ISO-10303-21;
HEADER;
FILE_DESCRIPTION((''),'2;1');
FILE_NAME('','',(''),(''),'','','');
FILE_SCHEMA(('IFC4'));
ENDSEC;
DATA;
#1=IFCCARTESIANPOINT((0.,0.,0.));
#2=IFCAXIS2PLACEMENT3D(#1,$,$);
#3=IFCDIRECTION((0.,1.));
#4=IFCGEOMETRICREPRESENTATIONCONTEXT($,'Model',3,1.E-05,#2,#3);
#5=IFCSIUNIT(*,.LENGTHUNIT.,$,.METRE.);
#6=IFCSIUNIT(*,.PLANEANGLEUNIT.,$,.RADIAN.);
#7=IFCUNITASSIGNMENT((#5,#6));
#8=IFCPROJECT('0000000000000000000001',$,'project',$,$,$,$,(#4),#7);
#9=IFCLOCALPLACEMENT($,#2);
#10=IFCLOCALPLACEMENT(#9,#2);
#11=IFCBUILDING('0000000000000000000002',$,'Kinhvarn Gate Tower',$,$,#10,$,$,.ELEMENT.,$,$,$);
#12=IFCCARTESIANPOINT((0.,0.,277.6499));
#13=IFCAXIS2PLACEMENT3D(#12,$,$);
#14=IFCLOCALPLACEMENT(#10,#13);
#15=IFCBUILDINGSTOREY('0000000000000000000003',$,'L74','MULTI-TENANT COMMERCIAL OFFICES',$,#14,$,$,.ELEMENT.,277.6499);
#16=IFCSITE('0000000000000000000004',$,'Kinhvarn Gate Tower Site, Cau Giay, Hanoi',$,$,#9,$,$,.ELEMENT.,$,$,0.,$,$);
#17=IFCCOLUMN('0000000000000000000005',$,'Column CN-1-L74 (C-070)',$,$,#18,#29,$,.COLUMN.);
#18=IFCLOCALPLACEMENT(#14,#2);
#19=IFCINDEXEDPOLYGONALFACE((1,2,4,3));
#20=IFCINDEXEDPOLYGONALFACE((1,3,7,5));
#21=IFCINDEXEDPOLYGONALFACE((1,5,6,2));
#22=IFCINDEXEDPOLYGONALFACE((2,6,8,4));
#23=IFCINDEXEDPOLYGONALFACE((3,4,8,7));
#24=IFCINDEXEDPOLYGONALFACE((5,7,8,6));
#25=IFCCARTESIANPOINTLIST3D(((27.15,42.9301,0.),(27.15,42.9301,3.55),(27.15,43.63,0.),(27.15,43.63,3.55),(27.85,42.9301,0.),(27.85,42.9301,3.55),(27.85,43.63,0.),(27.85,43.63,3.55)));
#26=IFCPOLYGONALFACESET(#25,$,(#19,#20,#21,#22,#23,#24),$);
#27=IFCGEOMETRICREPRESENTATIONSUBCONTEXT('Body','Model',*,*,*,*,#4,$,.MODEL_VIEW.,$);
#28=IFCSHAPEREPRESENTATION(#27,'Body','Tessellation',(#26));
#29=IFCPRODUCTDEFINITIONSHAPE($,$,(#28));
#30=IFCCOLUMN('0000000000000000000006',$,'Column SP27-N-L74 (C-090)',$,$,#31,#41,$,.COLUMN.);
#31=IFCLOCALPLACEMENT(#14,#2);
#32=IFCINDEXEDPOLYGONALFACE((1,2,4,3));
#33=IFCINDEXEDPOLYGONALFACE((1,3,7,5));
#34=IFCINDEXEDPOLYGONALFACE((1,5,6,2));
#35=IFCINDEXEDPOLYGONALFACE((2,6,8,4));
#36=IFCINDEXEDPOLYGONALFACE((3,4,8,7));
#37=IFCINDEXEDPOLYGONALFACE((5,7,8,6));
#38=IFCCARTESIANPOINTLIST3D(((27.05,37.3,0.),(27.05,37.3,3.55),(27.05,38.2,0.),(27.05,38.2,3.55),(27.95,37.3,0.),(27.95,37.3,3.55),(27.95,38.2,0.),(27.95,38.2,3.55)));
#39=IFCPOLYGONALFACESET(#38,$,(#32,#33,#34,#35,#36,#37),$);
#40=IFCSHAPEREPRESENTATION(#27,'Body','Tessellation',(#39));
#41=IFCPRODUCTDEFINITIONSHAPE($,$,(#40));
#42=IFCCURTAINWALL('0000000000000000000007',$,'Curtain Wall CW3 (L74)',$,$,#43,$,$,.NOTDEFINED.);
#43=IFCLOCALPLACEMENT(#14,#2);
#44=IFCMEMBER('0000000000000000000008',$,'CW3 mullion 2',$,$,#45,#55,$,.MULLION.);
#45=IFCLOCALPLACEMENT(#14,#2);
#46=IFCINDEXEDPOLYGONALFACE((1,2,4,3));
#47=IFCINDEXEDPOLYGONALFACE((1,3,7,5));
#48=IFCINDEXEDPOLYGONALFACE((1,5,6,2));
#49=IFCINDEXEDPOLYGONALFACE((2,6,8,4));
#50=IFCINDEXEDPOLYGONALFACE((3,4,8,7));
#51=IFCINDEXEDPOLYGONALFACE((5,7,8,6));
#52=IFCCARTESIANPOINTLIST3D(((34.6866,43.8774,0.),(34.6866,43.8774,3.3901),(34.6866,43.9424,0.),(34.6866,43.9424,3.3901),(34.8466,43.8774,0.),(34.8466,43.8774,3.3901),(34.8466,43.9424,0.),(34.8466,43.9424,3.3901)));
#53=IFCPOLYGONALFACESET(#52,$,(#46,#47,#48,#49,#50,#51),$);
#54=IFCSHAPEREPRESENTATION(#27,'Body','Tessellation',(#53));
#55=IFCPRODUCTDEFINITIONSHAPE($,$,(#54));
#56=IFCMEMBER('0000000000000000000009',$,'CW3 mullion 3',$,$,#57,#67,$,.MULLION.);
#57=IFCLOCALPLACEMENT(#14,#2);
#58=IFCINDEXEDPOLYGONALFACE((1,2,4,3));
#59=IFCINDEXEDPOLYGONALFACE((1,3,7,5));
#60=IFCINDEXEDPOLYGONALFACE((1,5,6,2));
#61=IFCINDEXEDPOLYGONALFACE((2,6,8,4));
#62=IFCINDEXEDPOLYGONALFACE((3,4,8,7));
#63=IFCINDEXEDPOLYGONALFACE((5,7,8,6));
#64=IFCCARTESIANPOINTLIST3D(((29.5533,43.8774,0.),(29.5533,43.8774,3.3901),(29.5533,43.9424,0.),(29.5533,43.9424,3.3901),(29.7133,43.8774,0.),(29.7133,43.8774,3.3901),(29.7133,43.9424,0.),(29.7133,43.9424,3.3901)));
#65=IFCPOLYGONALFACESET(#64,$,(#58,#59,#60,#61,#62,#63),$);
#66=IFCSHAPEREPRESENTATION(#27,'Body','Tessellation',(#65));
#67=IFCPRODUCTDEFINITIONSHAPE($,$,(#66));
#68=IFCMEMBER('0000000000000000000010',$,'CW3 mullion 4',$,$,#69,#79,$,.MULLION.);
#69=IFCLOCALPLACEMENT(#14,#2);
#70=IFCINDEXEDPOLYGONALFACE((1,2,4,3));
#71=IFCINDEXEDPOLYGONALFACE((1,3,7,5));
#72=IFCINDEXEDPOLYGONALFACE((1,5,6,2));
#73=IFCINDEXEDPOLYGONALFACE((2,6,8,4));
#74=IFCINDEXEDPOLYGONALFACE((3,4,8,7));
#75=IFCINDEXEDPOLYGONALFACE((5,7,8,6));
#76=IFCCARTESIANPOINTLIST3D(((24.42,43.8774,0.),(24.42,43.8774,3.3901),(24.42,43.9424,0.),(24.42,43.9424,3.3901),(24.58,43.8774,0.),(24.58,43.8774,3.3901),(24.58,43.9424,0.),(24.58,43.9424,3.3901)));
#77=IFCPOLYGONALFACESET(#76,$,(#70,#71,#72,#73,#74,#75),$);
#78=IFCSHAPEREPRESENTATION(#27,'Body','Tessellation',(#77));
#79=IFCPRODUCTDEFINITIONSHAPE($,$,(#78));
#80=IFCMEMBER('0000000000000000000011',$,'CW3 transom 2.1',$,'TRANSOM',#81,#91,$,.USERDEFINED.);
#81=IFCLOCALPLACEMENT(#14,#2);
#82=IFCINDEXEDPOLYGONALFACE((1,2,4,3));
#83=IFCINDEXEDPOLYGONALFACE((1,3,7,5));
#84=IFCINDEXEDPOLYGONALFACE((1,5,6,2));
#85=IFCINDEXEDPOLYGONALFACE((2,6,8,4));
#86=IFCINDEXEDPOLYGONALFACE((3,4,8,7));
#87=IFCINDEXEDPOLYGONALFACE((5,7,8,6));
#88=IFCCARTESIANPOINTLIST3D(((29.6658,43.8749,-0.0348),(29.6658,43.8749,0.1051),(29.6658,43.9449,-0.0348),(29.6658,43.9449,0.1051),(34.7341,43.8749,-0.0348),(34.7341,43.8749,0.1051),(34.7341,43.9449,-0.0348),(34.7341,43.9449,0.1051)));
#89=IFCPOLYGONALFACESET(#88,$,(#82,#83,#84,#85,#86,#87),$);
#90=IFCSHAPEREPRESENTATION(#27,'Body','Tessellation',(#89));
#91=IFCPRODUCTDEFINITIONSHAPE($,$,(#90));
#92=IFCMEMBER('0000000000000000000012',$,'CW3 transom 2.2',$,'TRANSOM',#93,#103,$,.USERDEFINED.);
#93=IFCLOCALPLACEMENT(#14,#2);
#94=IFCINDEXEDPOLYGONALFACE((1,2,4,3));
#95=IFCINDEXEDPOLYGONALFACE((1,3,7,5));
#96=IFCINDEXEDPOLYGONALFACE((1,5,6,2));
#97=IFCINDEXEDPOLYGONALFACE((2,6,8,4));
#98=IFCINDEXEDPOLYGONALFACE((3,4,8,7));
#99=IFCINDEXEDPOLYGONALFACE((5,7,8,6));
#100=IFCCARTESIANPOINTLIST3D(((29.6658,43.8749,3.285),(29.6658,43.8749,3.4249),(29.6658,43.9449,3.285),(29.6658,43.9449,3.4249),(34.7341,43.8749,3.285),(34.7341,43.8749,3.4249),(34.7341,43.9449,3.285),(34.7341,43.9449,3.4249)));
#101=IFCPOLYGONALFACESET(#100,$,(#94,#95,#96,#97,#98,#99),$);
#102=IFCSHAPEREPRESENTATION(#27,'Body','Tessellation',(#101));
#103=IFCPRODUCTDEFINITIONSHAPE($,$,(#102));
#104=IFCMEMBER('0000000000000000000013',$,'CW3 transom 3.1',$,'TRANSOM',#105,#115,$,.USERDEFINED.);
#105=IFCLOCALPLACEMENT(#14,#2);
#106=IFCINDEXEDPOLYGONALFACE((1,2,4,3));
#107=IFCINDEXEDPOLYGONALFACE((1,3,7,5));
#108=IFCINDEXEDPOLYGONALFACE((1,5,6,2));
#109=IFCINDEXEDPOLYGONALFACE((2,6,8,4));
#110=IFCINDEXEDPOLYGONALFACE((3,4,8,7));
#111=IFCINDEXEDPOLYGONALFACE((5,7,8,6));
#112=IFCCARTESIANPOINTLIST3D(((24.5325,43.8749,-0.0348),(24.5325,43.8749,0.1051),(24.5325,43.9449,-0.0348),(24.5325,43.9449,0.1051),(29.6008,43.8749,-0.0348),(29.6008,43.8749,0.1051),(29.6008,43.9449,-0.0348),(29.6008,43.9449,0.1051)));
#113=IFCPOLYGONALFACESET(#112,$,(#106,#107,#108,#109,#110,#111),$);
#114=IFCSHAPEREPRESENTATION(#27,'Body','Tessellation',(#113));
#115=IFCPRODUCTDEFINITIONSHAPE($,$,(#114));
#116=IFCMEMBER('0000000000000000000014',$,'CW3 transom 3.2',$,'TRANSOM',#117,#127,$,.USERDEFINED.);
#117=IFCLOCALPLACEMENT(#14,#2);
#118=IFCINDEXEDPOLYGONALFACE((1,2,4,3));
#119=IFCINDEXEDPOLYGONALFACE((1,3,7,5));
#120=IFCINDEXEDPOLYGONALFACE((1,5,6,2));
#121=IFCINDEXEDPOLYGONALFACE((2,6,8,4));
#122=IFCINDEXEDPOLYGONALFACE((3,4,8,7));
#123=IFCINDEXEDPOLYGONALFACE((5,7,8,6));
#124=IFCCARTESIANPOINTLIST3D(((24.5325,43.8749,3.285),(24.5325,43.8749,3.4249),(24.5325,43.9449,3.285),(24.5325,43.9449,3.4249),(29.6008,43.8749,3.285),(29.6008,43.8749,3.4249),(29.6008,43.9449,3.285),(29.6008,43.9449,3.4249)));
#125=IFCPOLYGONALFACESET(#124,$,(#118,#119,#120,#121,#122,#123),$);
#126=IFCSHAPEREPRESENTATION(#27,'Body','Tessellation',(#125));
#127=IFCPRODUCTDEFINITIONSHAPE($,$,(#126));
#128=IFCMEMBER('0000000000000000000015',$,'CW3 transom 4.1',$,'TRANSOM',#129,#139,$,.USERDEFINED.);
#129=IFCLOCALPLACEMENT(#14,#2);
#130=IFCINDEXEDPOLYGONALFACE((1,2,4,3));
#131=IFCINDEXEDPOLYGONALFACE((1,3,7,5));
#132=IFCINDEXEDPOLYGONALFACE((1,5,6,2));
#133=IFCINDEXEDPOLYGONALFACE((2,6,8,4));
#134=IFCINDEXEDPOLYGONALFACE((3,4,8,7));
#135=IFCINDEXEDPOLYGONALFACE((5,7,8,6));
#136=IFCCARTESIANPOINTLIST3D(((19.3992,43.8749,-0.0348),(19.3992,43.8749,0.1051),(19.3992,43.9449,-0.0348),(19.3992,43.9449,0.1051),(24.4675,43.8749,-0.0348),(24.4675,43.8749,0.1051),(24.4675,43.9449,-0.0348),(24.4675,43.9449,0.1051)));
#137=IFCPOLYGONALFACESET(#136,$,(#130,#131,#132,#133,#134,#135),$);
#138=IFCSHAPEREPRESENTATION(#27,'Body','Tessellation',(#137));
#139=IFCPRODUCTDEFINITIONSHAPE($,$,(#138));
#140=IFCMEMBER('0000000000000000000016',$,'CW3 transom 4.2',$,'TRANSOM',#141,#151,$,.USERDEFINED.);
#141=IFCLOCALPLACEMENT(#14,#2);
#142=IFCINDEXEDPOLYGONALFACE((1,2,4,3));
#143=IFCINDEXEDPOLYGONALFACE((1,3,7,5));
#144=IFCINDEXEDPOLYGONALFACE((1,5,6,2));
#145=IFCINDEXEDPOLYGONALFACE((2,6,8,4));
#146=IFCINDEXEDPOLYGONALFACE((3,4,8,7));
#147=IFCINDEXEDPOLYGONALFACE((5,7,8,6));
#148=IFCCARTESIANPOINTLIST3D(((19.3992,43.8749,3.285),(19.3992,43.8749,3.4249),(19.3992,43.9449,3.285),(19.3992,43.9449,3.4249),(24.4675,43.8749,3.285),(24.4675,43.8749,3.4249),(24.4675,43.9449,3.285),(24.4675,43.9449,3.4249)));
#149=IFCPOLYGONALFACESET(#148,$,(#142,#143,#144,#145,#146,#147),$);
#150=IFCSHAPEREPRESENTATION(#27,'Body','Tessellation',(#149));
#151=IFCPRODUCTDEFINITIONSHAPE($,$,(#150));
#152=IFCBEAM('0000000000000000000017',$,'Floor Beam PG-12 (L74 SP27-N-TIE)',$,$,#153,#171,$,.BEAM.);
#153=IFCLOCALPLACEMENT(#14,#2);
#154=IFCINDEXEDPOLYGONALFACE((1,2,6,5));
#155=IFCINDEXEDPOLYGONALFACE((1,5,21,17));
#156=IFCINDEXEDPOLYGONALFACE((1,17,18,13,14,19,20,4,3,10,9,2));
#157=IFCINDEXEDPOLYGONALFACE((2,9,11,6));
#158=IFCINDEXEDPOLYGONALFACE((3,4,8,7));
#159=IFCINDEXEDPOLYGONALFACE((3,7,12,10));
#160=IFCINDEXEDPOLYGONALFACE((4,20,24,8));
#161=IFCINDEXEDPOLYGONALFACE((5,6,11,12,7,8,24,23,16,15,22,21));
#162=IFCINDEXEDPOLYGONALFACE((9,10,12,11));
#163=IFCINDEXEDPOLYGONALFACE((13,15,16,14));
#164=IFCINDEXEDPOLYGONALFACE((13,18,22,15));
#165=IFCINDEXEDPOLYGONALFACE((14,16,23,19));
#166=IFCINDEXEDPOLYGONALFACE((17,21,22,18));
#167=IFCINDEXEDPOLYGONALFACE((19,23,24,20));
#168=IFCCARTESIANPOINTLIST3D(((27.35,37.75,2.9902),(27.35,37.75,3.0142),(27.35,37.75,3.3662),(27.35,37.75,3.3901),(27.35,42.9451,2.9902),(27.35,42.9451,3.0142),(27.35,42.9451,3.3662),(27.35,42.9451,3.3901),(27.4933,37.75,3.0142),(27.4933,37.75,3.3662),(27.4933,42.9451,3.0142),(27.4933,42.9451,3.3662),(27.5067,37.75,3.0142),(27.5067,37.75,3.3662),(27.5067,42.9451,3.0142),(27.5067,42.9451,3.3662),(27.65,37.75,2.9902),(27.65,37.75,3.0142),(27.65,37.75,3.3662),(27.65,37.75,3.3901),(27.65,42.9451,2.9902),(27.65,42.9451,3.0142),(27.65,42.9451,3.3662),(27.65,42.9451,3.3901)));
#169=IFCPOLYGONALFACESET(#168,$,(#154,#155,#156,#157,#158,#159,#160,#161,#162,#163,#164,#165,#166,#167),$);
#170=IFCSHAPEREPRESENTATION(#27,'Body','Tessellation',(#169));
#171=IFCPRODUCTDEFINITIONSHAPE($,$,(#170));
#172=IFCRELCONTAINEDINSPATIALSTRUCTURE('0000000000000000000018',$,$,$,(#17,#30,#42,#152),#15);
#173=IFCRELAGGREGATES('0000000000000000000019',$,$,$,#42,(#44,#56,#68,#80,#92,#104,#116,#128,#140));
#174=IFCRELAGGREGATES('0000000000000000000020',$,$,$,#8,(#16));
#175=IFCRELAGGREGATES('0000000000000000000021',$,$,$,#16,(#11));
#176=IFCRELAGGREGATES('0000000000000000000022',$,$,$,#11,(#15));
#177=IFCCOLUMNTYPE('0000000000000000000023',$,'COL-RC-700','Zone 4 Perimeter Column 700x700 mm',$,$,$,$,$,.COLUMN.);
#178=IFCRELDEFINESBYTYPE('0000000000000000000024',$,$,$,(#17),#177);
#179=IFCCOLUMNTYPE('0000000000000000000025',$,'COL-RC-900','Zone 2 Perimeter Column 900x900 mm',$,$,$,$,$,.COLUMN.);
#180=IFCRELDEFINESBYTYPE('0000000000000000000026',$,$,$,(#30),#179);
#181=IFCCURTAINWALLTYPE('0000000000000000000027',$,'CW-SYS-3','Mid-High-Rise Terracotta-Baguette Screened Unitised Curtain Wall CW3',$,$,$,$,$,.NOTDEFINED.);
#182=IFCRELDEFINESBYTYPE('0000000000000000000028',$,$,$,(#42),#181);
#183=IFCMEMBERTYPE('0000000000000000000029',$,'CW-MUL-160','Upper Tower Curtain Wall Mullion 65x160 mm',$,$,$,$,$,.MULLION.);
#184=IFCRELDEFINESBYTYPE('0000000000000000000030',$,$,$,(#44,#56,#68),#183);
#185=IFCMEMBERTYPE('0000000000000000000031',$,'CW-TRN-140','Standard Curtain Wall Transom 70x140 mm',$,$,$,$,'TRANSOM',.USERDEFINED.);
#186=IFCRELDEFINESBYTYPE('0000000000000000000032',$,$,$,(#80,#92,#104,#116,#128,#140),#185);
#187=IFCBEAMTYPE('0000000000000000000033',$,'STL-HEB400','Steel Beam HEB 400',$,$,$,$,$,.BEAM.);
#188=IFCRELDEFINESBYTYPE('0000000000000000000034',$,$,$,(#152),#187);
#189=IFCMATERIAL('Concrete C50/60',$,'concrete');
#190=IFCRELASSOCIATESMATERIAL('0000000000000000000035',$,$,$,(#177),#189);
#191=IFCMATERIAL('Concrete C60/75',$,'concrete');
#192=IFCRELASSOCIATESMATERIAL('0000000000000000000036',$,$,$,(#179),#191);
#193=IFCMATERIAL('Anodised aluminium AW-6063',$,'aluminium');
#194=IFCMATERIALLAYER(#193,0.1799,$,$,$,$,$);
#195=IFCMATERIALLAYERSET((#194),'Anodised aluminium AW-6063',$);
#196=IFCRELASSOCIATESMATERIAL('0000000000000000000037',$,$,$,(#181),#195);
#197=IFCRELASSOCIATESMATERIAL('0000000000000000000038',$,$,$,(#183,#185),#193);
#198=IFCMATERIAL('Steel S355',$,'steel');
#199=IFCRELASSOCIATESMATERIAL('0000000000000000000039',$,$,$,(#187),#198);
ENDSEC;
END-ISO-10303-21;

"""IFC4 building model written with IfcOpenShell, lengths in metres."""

from ifc_helpers import new_model, si_unit, direction, frame, origin, origin_2d, place, context, subcontext, project, spatial, rectangle, i_section, extrude, material, layer, layer_set, material_profile, profile_set, type_object, element, aggregate, save


model = new_model("IFC4")

# Units and contexts
model_context = context("Model", 3, precision=1e-05, world=origin(), true_north=direction((0.0, 1.0)))
body_context = subcontext(model_context, "Body", "Model", "MODEL_VIEW")
ifc_project = project(units=[si_unit("LENGTHUNIT", "METRE"), si_unit("PLANEANGLEUNIT", "RADIAN")], contexts=[model_context])

# Site, building, storey
site_placement = place(None, origin())
site = spatial("IfcSite", under=ifc_project, at=site_placement, Name="Kinhvarn Gate Tower Site, Cau Giay, Hanoi", CompositionType="ELEMENT", RefElevation=0.0)
building_placement = place(site_placement, origin())
building = spatial("IfcBuilding", under=site, at=building_placement, Name="Kinhvarn Gate Tower", CompositionType="ELEMENT")
storey_placement = place(building_placement, frame((0.0, 0.0, 277.6499)))
storey = spatial("IfcBuildingStorey", under=building, at=storey_placement, Name="L74", Description="MULTI-TENANT COMMERCIAL OFFICES", CompositionType="ELEMENT", Elevation=277.6499)

# Columns
ifc_material_1 = material(Name="Concrete C50/60", Category="concrete")
ifc_material_profile_1 = material_profile(ifc_material_1, rectangle(XDim=0.7, YDim=0.7, at=origin_2d()), Name="RC 700x700")
ifc_profile_set_1 = profile_set([ifc_material_profile_1], Name="Concrete C50/60")
column_type_1 = type_object("IfcColumnType", Name="COL-RC-700", Description="Zone 4 Perimeter Column 700x700 mm", PredefinedType="COLUMN", material=ifc_profile_set_1)
column_1_placement = place(storey_placement, frame((27.5, 43.28, 0.0), z_axis=(0.0, 0.0, 1.0), x_axis=(1.0, 0.0, 0.0)))
element("IfcColumn", 1, at=column_1_placement, inside=storey, type_object=column_type_1, Name="Column CN-1-L74 (C-070)", PredefinedType="COLUMN", context=body_context, shape_type="SweptSolid", body=[
    extrude(rectangle(XDim=0.7, YDim=0.7, at=origin_2d()), origin(), (0.0, 0.0, 1.0), 3.55),
])
ifc_material_2 = material(Name="Concrete C60/75", Category="concrete")
ifc_material_profile_2 = material_profile(ifc_material_2, rectangle(XDim=0.8999, YDim=0.8999, at=origin_2d()), Name="RC 900x900")
ifc_profile_set_2 = profile_set([ifc_material_profile_2], Name="Concrete C60/75")
column_type_2 = type_object("IfcColumnType", Name="COL-RC-900", Description="Zone 2 Perimeter Column 900x900 mm", PredefinedType="COLUMN", material=ifc_profile_set_2)
column_2_placement = place(storey_placement, frame((27.5, 37.75, 0.0), z_axis=(0.0, 0.0, 1.0), x_axis=(1.0, 0.0, 0.0)))
element("IfcColumn", 2, at=column_2_placement, inside=storey, type_object=column_type_2, Name="Column SP27-N-L74 (C-090)", PredefinedType="COLUMN", context=body_context, shape_type="SweptSolid", body=[
    extrude(rectangle(XDim=0.8999, YDim=0.8999, at=origin_2d()), origin(), (0.0, 0.0, 1.0), 3.55),
])

# Curtain wall, members
ifc_material_3 = material(Name="Anodised aluminium AW-6063", Category="aluminium")
ifc_layer_1 = layer(ifc_material_3, 0.1799)
ifc_layer_set_1 = layer_set([ifc_layer_1], Name="Anodised aluminium AW-6063")
curtain_wall_type = type_object("IfcCurtainWallType", Name="CW-SYS-3", Description="Mid-High-Rise Terracotta-Baguette Screened Unitised Curtain Wall CW3", PredefinedType="NOTDEFINED", material=ifc_layer_set_1)
curtain_wall_placement = place(storey_placement, origin())
curtain_wall = element("IfcCurtainWall", 3, at=curtain_wall_placement, inside=storey, type_object=curtain_wall_type, Name="Curtain Wall CW3 (L74)", PredefinedType="NOTDEFINED")
ifc_material_profile_3 = material_profile(ifc_material_3, rectangle(XDim=0.0649, YDim=0.1599, at=origin_2d()), Name="ALU 65x160")
ifc_profile_set_3 = profile_set([ifc_material_profile_3], Name="Anodised aluminium AW-6063")
member_type_1 = type_object("IfcMemberType", Name="CW-MUL-160", Description="Upper Tower Curtain Wall Mullion 65x160 mm", PredefinedType="MULLION", material=ifc_profile_set_3)
member_1_placement = place(storey_placement, frame((34.7666, 43.9099, 0.0), z_axis=(0.0, 0.0, 1.0), x_axis=(0.0, -1.0, 0.0)))
member_1 = element("IfcMember", 4, at=member_1_placement, type_object=member_type_1, Name="CW3 mullion 2", PredefinedType="MULLION", context=body_context, shape_type="SweptSolid", body=[
    extrude(rectangle(XDim=0.0649, YDim=0.1599, at=origin_2d()), origin(), (0.0, 0.0, 1.0), 3.3901),
])
member_2_placement = place(storey_placement, frame((29.6333, 43.9099, 0.0), z_axis=(0.0, 0.0, 1.0), x_axis=(0.0, -1.0, 0.0)))
member_2 = element("IfcMember", 5, at=member_2_placement, type_object=member_type_1, Name="CW3 mullion 3", PredefinedType="MULLION", context=body_context, shape_type="SweptSolid", body=[
    extrude(rectangle(XDim=0.0649, YDim=0.1599, at=origin_2d()), origin(), (0.0, 0.0, 1.0), 3.3901),
])
member_3_placement = place(storey_placement, frame((24.5, 43.9099, 0.0), z_axis=(0.0, 0.0, 1.0), x_axis=(0.0, -1.0, 0.0)))
member_3 = element("IfcMember", 6, at=member_3_placement, type_object=member_type_1, Name="CW3 mullion 4", PredefinedType="MULLION", context=body_context, shape_type="SweptSolid", body=[
    extrude(rectangle(XDim=0.0649, YDim=0.1599, at=origin_2d()), origin(), (0.0, 0.0, 1.0), 3.3901),
])
ifc_material_profile_4 = material_profile(ifc_material_3, rectangle(XDim=0.0701, YDim=0.1399, at=origin_2d()), Name="ALU 70x140")
ifc_profile_set_4 = profile_set([ifc_material_profile_4], Name="Anodised aluminium AW-6063")
member_type_2 = type_object("IfcMemberType", Name="CW-TRN-140", Description="Standard Curtain Wall Transom 70x140 mm", ElementType="TRANSOM", PredefinedType="USERDEFINED", material=ifc_profile_set_4)
member_4_placement = place(storey_placement, frame((34.7341, 43.9099, 0.0352), z_axis=(-1.0, 0.0, 0.0), x_axis=(0.0, -1.0, 0.0)))
member_4 = element("IfcMember", 7, at=member_4_placement, type_object=member_type_2, Name="CW3 transom 2.1", ObjectType="TRANSOM", PredefinedType="USERDEFINED", context=body_context, shape_type="SweptSolid", body=[
    extrude(rectangle(XDim=0.0701, YDim=0.1399, at=origin_2d()), origin(), (0.0, 0.0, 1.0), 5.0684),
])
member_5_placement = place(storey_placement, frame((34.7341, 43.9099, 3.355), z_axis=(-1.0, 0.0, 0.0), x_axis=(0.0, -1.0, 0.0)))
member_5 = element("IfcMember", 8, at=member_5_placement, type_object=member_type_2, Name="CW3 transom 2.2", ObjectType="TRANSOM", PredefinedType="USERDEFINED", context=body_context, shape_type="SweptSolid", body=[
    extrude(rectangle(XDim=0.0701, YDim=0.1399, at=origin_2d()), origin(), (0.0, 0.0, 1.0), 5.0684),
])
member_6_placement = place(storey_placement, frame((29.6008, 43.9099, 0.0352), z_axis=(-1.0, 0.0, 0.0), x_axis=(0.0, -1.0, 0.0)))
member_6 = element("IfcMember", 9, at=member_6_placement, type_object=member_type_2, Name="CW3 transom 3.1", ObjectType="TRANSOM", PredefinedType="USERDEFINED", context=body_context, shape_type="SweptSolid", body=[
    extrude(rectangle(XDim=0.0701, YDim=0.1399, at=origin_2d()), origin(), (0.0, 0.0, 1.0), 5.0684),
])
member_7_placement = place(storey_placement, frame((29.6008, 43.9099, 3.355), z_axis=(-1.0, 0.0, 0.0), x_axis=(0.0, -1.0, 0.0)))
member_7 = element("IfcMember", 10, at=member_7_placement, type_object=member_type_2, Name="CW3 transom 3.2", ObjectType="TRANSOM", PredefinedType="USERDEFINED", context=body_context, shape_type="SweptSolid", body=[
    extrude(rectangle(XDim=0.0701, YDim=0.1399, at=origin_2d()), origin(), (0.0, 0.0, 1.0), 5.0684),
])
member_8_placement = place(storey_placement, frame((24.4675, 43.9099, 0.0352), z_axis=(-1.0, 0.0, 0.0), x_axis=(0.0, -1.0, 0.0)))
member_8 = element("IfcMember", 11, at=member_8_placement, type_object=member_type_2, Name="CW3 transom 4.1", ObjectType="TRANSOM", PredefinedType="USERDEFINED", context=body_context, shape_type="SweptSolid", body=[
    extrude(rectangle(XDim=0.0701, YDim=0.1399, at=origin_2d()), origin(), (0.0, 0.0, 1.0), 5.0684),
])
member_9_placement = place(storey_placement, frame((24.4675, 43.9099, 3.355), z_axis=(-1.0, 0.0, 0.0), x_axis=(0.0, -1.0, 0.0)))
member_9 = element("IfcMember", 12, at=member_9_placement, type_object=member_type_2, Name="CW3 transom 4.2", ObjectType="TRANSOM", PredefinedType="USERDEFINED", context=body_context, shape_type="SweptSolid", body=[
    extrude(rectangle(XDim=0.0701, YDim=0.1399, at=origin_2d()), origin(), (0.0, 0.0, 1.0), 5.0684),
])

# Beam
ifc_material_4 = material(Name="Steel S355", Category="steel")
ifc_material_profile_5 = material_profile(ifc_material_4, i_section(OverallWidth=0.3, OverallDepth=0.3999, WebThickness=0.0134, FlangeThickness=0.0239, at=origin_2d()), Name="HEB 400")
ifc_profile_set_5 = profile_set([ifc_material_profile_5], Name="Steel S355")
beam_type_1 = type_object("IfcBeamType", Name="STL-HEB400", Description="Steel Beam HEB 400", PredefinedType="BEAM", material=ifc_profile_set_5)
beam_1_placement = place(storey_placement, frame((27.5, 37.75, 3.1902), z_axis=(0.0, 1.0, 0.0), x_axis=(-1.0, 0.0, 0.0)))
element("IfcBeam", 13, at=beam_1_placement, inside=storey, type_object=beam_type_1, Name="Floor Beam PG-12 (L74 SP27-N-TIE)", PredefinedType="BEAM", context=body_context, shape_type="SweptSolid", body=[
    extrude(i_section(OverallWidth=0.3, OverallDepth=0.3999, WebThickness=0.0134, FlangeThickness=0.0239, at=origin_2d()), origin(), (0.0, 0.0, 1.0), 5.1951),
])

aggregate(curtain_wall, [member_1, member_2, member_3, member_4, member_5, member_6, member_7, member_8, member_9])

save(model, "model.ifc")
